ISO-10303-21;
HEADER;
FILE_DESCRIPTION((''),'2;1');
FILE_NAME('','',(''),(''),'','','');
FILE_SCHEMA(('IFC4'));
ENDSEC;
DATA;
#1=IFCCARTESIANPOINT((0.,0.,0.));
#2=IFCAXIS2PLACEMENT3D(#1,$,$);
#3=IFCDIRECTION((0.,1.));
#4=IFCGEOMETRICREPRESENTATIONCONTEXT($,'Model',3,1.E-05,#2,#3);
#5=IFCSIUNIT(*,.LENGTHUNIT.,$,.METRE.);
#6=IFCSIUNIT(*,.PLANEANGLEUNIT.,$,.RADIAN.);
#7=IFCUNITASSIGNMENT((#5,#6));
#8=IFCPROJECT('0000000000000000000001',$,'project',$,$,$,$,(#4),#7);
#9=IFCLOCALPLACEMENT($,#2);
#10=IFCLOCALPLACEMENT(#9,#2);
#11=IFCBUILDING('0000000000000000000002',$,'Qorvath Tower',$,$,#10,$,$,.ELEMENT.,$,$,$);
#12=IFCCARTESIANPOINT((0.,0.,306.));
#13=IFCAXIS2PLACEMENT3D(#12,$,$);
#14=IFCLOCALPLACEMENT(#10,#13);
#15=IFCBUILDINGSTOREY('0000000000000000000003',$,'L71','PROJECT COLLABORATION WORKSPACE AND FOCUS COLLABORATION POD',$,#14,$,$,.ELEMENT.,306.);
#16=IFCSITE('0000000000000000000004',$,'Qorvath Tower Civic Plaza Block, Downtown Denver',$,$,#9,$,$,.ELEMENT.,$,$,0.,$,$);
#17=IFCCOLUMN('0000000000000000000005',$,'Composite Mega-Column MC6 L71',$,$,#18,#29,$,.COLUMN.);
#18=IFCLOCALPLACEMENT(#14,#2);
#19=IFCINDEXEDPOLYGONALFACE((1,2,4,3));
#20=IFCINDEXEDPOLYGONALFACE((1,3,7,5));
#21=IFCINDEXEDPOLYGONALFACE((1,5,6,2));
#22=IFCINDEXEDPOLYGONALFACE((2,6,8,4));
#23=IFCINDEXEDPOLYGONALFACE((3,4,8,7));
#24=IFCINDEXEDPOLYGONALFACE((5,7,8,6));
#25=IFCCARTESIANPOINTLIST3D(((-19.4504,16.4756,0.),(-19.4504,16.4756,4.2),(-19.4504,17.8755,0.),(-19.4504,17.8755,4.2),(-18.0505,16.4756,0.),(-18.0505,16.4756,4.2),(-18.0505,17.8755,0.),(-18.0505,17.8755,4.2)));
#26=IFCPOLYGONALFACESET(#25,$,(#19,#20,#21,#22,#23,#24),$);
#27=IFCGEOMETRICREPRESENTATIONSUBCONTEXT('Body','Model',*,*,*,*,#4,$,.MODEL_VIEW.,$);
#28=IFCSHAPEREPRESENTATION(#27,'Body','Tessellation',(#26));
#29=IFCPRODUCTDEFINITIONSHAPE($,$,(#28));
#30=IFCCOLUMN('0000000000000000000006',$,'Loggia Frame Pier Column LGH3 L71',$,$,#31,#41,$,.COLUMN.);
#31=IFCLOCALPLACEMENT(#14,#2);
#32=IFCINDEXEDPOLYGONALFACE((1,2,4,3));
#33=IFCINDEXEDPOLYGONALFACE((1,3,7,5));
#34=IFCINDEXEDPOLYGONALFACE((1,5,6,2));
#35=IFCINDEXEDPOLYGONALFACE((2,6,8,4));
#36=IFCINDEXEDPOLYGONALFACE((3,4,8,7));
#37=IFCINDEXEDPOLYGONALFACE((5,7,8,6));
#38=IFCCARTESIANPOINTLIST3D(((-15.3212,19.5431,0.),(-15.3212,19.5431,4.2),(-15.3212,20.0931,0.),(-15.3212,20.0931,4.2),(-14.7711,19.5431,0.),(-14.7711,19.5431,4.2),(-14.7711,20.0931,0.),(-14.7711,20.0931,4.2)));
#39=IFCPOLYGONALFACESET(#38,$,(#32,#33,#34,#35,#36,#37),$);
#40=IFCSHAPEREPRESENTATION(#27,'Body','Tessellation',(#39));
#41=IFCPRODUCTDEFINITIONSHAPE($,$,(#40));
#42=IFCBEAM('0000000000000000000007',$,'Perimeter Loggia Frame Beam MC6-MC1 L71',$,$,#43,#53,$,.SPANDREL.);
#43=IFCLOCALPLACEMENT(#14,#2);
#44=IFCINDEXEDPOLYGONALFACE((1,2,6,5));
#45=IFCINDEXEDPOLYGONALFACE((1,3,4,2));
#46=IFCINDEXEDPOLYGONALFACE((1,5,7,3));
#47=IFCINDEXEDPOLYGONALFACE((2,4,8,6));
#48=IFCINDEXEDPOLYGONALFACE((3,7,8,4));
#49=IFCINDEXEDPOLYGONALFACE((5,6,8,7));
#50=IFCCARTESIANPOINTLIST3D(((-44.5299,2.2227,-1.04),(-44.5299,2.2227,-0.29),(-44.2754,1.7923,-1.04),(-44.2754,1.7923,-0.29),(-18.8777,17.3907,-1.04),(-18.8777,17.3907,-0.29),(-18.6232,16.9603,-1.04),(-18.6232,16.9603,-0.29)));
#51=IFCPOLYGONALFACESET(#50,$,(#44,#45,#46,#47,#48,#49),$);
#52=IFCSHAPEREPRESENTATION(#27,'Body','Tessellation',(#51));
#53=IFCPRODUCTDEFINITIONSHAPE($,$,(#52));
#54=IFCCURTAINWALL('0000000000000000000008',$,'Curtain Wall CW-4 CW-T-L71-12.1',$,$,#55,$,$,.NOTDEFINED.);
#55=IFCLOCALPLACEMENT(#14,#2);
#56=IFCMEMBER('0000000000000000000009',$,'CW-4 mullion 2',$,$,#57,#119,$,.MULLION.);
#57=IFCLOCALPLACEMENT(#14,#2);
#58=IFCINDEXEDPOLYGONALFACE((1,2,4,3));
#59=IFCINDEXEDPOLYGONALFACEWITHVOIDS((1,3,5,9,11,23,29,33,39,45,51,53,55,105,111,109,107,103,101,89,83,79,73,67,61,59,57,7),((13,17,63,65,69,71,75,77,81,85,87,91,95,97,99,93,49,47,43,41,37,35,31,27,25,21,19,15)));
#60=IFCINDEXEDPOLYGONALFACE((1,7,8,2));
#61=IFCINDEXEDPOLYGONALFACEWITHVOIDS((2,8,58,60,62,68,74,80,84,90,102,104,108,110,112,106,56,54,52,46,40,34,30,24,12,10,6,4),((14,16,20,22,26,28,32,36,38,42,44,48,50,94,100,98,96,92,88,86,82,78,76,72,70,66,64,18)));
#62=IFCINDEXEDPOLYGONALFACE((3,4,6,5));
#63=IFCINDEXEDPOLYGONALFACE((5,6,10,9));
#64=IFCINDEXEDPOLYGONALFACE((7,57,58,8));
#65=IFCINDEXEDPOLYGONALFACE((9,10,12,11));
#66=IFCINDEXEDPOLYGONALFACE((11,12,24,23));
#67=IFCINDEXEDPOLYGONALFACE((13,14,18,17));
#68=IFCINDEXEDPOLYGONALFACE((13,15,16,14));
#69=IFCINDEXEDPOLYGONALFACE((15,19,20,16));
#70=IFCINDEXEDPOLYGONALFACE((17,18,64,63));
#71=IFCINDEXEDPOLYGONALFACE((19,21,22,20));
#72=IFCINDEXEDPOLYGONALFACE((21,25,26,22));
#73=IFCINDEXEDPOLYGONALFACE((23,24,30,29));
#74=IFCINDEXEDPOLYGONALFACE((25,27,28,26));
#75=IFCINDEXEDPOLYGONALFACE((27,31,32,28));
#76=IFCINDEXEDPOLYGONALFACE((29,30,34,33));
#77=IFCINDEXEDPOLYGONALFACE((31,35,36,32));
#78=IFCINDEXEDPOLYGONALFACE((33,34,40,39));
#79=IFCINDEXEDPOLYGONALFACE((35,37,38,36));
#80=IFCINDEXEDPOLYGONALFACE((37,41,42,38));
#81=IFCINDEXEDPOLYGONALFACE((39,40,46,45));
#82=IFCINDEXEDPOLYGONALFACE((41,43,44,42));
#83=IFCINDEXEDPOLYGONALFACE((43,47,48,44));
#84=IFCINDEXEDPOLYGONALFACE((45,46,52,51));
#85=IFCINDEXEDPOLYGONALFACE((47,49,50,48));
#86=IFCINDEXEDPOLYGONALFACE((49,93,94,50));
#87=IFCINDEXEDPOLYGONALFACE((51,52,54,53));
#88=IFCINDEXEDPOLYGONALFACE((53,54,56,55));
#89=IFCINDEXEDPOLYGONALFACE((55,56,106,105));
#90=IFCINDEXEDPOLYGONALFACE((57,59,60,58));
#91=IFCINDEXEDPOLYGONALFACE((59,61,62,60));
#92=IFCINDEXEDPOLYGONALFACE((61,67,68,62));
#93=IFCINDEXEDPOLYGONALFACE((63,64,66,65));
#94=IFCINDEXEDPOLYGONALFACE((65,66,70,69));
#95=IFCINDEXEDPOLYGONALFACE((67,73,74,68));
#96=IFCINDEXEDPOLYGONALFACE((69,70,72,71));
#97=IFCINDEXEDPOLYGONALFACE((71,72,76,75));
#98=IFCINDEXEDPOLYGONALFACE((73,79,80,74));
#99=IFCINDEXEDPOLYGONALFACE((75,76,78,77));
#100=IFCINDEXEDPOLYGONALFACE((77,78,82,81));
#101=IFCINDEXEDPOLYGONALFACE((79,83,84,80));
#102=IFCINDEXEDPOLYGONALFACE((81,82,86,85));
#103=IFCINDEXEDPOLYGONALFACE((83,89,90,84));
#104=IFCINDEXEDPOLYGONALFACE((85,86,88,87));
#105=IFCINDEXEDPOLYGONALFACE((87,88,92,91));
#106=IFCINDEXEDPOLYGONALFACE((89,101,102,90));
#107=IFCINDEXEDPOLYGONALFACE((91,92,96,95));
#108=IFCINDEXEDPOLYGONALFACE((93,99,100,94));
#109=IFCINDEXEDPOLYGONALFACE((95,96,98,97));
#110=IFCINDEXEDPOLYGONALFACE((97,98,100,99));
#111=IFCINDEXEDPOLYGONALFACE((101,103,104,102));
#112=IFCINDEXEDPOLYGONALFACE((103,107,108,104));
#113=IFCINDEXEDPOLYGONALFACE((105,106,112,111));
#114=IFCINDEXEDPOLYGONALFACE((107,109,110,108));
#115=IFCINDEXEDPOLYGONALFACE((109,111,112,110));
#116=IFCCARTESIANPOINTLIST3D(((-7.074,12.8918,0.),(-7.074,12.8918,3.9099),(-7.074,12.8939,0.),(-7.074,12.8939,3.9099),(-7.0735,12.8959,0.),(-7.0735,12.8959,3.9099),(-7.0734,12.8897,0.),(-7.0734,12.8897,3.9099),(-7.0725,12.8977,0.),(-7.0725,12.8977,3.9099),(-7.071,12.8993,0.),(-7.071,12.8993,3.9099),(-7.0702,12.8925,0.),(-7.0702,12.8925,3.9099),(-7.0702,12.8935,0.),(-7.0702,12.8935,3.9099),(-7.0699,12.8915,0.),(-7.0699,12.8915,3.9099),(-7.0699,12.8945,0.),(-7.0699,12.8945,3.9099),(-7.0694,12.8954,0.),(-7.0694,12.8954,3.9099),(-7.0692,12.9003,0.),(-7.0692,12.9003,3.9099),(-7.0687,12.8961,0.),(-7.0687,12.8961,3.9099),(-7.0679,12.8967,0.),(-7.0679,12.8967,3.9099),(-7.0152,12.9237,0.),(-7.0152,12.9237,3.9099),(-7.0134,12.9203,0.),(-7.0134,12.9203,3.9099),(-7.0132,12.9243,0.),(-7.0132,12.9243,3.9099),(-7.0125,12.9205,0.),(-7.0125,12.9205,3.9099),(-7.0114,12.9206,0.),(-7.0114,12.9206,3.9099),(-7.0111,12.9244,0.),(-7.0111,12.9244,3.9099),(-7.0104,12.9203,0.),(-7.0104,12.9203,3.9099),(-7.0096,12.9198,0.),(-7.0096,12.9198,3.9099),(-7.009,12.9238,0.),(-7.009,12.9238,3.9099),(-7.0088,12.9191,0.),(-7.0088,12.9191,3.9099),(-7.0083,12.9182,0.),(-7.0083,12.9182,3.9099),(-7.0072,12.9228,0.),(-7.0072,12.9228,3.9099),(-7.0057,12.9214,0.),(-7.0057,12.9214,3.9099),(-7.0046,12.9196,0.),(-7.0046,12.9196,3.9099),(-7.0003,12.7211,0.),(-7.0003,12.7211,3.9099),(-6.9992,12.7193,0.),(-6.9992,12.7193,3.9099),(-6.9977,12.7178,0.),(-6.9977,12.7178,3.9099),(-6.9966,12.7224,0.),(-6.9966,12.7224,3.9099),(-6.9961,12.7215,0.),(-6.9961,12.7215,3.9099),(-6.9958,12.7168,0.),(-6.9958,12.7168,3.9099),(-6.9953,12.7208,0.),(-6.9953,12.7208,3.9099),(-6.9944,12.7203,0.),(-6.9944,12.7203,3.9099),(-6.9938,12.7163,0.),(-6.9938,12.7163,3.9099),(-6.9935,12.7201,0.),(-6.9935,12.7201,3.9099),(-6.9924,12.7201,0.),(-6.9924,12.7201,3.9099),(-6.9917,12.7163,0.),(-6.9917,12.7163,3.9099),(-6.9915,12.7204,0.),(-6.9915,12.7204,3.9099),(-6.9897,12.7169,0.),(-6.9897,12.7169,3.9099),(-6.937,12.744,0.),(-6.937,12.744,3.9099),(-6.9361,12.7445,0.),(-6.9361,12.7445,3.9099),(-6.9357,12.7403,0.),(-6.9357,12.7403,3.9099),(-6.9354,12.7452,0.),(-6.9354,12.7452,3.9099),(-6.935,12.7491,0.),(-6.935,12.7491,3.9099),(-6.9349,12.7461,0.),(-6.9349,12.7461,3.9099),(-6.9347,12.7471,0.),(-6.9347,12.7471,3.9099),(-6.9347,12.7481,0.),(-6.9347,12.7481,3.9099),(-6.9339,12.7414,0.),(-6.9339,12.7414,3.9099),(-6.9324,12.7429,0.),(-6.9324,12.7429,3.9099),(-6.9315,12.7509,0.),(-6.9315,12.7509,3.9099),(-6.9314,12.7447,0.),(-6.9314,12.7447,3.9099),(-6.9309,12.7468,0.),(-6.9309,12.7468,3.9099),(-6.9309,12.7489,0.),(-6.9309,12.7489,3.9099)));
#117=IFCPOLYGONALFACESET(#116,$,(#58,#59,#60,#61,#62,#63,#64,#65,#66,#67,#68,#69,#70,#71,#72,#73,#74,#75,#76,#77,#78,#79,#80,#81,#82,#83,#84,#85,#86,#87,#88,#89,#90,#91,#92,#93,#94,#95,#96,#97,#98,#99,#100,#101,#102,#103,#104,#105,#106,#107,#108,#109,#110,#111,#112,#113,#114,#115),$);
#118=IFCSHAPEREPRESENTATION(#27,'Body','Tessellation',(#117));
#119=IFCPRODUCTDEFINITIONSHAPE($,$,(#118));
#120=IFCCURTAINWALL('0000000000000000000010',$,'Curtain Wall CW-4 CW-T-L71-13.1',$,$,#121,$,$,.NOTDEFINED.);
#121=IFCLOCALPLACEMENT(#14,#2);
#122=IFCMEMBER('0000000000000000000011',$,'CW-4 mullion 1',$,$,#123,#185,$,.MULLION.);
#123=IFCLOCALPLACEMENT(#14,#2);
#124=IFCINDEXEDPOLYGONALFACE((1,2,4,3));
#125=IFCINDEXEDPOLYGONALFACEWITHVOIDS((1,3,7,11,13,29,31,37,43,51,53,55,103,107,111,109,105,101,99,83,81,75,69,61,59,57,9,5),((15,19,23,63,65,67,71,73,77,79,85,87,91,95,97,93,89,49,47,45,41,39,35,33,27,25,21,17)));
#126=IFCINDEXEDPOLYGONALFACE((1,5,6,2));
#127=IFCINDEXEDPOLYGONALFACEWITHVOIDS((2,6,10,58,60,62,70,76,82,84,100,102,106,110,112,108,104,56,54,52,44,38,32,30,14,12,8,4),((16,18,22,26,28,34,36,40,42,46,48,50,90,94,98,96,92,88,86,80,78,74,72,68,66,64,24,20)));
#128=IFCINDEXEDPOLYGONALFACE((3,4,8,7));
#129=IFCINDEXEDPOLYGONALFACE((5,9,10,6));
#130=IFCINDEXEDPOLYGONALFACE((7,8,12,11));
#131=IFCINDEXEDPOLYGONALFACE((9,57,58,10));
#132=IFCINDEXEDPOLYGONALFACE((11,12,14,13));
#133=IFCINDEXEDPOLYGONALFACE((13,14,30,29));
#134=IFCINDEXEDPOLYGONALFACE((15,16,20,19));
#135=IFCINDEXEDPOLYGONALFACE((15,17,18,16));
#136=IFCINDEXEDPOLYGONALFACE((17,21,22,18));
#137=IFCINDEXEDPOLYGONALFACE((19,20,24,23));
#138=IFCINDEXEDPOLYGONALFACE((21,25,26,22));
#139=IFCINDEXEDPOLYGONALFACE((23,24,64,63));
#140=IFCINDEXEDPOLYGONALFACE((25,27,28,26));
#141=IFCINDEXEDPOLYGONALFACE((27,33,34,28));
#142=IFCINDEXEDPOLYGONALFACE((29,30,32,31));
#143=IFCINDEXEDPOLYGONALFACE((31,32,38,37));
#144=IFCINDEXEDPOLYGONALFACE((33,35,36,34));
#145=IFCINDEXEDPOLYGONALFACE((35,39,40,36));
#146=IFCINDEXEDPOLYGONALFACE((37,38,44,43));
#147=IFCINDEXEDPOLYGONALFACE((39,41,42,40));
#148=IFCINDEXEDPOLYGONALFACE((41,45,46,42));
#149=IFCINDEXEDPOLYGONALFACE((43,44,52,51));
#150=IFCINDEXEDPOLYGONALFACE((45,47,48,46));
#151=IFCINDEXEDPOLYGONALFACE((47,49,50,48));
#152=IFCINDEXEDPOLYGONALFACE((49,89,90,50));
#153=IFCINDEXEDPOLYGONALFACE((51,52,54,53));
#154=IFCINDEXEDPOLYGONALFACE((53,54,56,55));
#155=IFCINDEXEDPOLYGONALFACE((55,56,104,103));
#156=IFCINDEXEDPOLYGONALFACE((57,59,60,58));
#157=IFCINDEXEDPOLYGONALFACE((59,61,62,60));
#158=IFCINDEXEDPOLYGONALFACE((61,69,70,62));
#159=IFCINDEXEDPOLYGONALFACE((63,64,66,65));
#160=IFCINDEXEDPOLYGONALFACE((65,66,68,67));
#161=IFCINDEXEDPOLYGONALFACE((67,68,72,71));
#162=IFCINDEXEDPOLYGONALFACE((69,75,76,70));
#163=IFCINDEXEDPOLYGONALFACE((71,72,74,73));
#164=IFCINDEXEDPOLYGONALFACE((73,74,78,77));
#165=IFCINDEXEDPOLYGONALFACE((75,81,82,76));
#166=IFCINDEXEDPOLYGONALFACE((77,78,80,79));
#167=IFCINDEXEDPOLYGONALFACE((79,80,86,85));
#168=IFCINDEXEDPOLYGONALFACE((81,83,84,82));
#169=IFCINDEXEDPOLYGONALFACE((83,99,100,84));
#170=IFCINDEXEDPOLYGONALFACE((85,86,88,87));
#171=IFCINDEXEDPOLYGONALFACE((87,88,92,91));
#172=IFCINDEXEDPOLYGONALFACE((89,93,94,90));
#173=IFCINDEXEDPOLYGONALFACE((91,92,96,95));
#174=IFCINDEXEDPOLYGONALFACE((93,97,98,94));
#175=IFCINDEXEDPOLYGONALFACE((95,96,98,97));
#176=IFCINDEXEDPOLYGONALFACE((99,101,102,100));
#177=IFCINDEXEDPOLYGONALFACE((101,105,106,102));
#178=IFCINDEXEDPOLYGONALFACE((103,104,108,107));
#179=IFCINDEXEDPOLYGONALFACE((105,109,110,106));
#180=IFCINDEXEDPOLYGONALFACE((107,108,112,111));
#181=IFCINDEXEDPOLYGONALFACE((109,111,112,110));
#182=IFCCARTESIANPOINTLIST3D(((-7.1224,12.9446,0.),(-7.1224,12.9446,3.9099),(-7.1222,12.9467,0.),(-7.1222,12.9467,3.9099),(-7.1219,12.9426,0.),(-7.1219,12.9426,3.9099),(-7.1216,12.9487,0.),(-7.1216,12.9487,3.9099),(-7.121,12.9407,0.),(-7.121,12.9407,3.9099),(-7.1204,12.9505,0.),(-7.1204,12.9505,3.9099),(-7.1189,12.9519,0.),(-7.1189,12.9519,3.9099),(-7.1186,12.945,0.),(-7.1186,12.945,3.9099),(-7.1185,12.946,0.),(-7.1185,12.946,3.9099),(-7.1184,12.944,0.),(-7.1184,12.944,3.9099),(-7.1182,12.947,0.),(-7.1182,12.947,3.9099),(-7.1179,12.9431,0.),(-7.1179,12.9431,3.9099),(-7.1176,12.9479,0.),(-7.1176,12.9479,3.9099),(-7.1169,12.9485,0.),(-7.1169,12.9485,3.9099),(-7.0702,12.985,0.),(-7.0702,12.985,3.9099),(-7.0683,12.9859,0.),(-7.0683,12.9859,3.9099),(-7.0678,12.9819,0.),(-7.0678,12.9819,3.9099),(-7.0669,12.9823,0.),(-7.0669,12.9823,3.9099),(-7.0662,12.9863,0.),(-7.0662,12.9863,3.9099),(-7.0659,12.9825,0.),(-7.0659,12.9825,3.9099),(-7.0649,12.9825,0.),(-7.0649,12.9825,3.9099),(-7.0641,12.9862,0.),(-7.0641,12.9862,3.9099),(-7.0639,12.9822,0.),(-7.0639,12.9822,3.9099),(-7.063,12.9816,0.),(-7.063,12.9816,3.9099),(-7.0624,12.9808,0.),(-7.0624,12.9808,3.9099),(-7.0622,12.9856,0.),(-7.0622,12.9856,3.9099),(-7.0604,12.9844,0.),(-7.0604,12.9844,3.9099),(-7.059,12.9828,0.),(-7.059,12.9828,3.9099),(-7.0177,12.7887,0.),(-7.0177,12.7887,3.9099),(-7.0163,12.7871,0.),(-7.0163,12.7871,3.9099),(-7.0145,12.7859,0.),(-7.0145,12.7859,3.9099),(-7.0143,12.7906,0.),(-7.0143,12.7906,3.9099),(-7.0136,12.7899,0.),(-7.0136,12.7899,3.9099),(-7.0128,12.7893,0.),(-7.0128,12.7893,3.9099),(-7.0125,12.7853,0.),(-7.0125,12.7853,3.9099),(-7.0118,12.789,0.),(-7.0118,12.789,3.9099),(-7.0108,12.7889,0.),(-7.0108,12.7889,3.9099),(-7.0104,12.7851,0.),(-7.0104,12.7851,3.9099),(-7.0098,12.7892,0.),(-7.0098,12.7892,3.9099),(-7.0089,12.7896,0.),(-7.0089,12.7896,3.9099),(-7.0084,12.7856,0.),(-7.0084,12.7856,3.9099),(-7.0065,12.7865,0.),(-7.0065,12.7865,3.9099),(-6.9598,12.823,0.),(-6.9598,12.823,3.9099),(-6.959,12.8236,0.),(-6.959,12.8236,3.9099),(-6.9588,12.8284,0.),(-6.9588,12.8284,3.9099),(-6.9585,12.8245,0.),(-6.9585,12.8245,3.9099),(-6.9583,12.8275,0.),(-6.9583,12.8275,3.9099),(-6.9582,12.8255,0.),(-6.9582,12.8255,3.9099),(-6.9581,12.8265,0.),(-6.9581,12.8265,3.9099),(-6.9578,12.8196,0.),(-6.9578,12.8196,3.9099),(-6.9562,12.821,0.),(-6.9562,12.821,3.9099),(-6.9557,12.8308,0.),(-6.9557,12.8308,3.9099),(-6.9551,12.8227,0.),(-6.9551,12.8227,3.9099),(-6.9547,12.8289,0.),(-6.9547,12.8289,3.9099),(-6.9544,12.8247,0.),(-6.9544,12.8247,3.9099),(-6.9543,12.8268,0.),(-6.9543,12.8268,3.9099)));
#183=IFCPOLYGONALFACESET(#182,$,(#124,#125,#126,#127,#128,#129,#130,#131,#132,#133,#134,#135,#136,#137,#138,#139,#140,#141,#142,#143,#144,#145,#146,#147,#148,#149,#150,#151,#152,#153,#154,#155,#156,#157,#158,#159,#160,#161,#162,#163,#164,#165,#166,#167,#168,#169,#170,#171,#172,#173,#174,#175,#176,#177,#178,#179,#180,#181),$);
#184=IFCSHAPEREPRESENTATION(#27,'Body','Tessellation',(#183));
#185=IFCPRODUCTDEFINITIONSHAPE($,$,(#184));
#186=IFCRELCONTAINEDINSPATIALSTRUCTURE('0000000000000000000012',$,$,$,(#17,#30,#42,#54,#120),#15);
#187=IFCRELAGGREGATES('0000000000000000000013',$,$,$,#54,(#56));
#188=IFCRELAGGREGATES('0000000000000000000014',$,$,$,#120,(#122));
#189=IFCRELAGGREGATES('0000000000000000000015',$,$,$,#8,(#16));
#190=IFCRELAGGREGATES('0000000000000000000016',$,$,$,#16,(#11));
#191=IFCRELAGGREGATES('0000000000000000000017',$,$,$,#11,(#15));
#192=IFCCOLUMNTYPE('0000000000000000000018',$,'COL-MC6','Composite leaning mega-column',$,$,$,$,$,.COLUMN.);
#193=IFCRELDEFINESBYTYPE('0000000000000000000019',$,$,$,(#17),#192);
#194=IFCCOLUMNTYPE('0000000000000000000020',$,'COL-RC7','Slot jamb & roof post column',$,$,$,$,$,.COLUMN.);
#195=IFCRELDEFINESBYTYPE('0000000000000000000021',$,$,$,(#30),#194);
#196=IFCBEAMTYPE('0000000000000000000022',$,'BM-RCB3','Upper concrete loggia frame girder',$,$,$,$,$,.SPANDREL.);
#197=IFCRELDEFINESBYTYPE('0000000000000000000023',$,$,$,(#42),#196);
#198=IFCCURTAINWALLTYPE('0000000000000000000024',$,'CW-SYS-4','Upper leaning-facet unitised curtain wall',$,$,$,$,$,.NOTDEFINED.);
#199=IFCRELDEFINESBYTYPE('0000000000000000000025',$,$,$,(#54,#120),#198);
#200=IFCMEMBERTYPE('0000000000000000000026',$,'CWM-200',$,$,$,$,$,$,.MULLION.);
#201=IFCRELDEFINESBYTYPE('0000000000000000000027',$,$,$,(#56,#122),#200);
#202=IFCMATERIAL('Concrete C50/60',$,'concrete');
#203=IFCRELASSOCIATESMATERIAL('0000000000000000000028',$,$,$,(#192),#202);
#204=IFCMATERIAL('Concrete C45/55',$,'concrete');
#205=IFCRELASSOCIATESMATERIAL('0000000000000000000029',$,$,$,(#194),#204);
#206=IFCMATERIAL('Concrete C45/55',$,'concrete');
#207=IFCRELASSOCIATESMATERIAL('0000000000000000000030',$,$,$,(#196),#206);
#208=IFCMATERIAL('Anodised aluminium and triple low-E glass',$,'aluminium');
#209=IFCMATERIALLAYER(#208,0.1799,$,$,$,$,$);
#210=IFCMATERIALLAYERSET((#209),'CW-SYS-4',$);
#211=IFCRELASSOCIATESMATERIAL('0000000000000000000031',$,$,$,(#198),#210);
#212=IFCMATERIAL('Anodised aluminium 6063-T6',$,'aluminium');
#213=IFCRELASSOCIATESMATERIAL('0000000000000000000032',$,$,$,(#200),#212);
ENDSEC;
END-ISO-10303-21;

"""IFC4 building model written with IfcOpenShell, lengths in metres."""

from ifc_helpers import new_model, si_unit, direction, frame, origin, origin_2d, place, context, subcontext, project, spatial, rectangle, hollow_rectangle, extrude, material, layer, layer_set, material_profile, profile_set, type_object, element, aggregate, save


model = new_model("IFC4")

# Units and contexts
model_context = context("Model", 3, precision=1e-05, world=origin(), true_north=direction((0.0, 1.0)))
body_context = subcontext(model_context, "Body", "Model", "MODEL_VIEW")
ifc_project = project(units=[si_unit("LENGTHUNIT", "METRE"), si_unit("PLANEANGLEUNIT", "RADIAN")], contexts=[model_context])

# Site, building, storey
site_placement = place(None, origin())
site = spatial("IfcSite", under=ifc_project, at=site_placement, Name="Qorvath Tower Civic Plaza Block, Downtown Denver", CompositionType="ELEMENT", RefElevation=0.0)
building_placement = place(site_placement, origin())
building = spatial("IfcBuilding", under=site, at=building_placement, Name="Qorvath Tower", CompositionType="ELEMENT")
storey_placement = place(building_placement, frame((0.0, 0.0, 306.0)))
storey = spatial("IfcBuildingStorey", under=building, at=storey_placement, Name="L71", Description="PROJECT COLLABORATION WORKSPACE AND FOCUS COLLABORATION POD", CompositionType="ELEMENT", Elevation=306.0)

# Columns
ifc_material_1 = material(Name="Concrete C50/60", Category="concrete")
ifc_material_profile_1 = material_profile(ifc_material_1, rectangle(XDim=1.3999, YDim=1.3999, at=origin_2d()), Name="MC 1400x1400")
ifc_profile_set_1 = profile_set([ifc_material_profile_1], Name="Concrete C50/60")
column_type_1 = type_object("IfcColumnType", Name="COL-MC6", Description="Composite leaning mega-column", PredefinedType="COLUMN", material=ifc_profile_set_1)
column_1_placement = place(storey_placement, frame((-18.7505, 17.1755, 0.0), z_axis=(0.0, 0.0, 1.0), x_axis=(1.0, 0.0, 0.0)))
element("IfcColumn", 1, at=column_1_placement, inside=storey, type_object=column_type_1, Name="Composite Mega-Column MC6 L71", PredefinedType="COLUMN", context=body_context, shape_type="SweptSolid", body=[
    extrude(rectangle(XDim=1.3999, YDim=1.3999, at=origin_2d()), origin(), (0.0, 0.0, 1.0), 4.2),
])
ifc_material_2 = material(Name="Concrete C45/55", Category="concrete")
ifc_material_profile_2 = material_profile(ifc_material_2, rectangle(XDim=0.55, YDim=0.55, at=origin_2d()), Name="RC 550x550")
ifc_profile_set_2 = profile_set([ifc_material_profile_2], Name="Concrete C45/55")
column_type_2 = type_object("IfcColumnType", Name="COL-RC7", Description="Slot jamb & roof post column", PredefinedType="COLUMN", material=ifc_profile_set_2)
column_2_placement = place(storey_placement, frame((-15.0461, 19.8181, 0.0), z_axis=(0.0, 0.0, 1.0), x_axis=(1.0, 0.0, 0.0)))
element("IfcColumn", 2, at=column_2_placement, inside=storey, type_object=column_type_2, Name="Loggia Frame Pier Column LGH3 L71", PredefinedType="COLUMN", context=body_context, shape_type="SweptSolid", body=[
    extrude(rectangle(XDim=0.55, YDim=0.55, at=origin_2d()), origin(), (0.0, 0.0, 1.0), 4.2),
])

# Beam
ifc_material_3 = material(Name="Concrete C45/55", Category="concrete")
ifc_material_profile_3 = material_profile(ifc_material_3, rectangle(XDim=0.5, YDim=0.75, at=origin_2d()), Name="RCB 750x500")
ifc_profile_set_3 = profile_set([ifc_material_profile_3], Name="Concrete C45/55")
beam_type = type_object("IfcBeamType", Name="BM-RCB3", Description="Upper concrete loggia frame girder", PredefinedType="SPANDREL", material=ifc_profile_set_3)
beam_placement = place(storey_placement, frame((-18.7505, 17.1755, -0.665), z_axis=(-0.860781, -0.508976, 0.0), x_axis=(0.508976, -0.860781, 0.0)))
element("IfcBeam", 3, at=beam_placement, inside=storey, type_object=beam_type, Name="Perimeter Loggia Frame Beam MC6-MC1 L71", PredefinedType="SPANDREL", context=body_context, shape_type="SweptSolid", body=[
    extrude(rectangle(XDim=0.5, YDim=0.75, at=origin_2d()), origin(), (0.0, 0.0, 1.0), 29.801),
])

# Curtain wall, member
ifc_material_4 = material(Name="Anodised aluminium and triple low-E glass", Category="aluminium")
ifc_layer_1 = layer(ifc_material_4, 0.1799)
ifc_layer_set_1 = layer_set([ifc_layer_1], Name="CW-SYS-4")
curtain_wall_type = type_object("IfcCurtainWallType", Name="CW-SYS-4", Description="Upper leaning-facet unitised curtain wall", PredefinedType="NOTDEFINED", material=ifc_layer_set_1)
curtain_wall_1_placement = place(storey_placement, origin())
curtain_wall_1 = element("IfcCurtainWall", 4, at=curtain_wall_1_placement, inside=storey, type_object=curtain_wall_type, Name="Curtain Wall CW-4 CW-T-L71-12.1", PredefinedType="NOTDEFINED")
ifc_material_5 = material(Name="Anodised aluminium 6063-T6", Category="aluminium")
ifc_material_profile_4 = material_profile(ifc_material_5, hollow_rectangle(XDim=0.075, YDim=0.2, WallThickness=0.0039, InnerFilletRadius=0.0039, OuterFilletRadius=0.0081, at=origin_2d()), Name="CWM 200x75")
ifc_profile_set_4 = profile_set([ifc_material_profile_4], Name="Anodised aluminium 6063-T6")
member_type_1 = type_object("IfcMemberType", Name="CWM-200", PredefinedType="MULLION", material=ifc_profile_set_4)
member_1_placement = place(storey_placement, frame((-7.0024, 12.8203, 0.0), z_axis=(0.0, 0.0, 1.0), x_axis=(-0.917513, -0.397707, 0.0)))
member_1 = element("IfcMember", 5, at=member_1_placement, type_object=member_type_1, Name="CW-4 mullion 2", PredefinedType="MULLION", context=body_context, shape_type="SweptSolid", body=[
    extrude(hollow_rectangle(XDim=0.075, YDim=0.2, WallThickness=0.0039, InnerFilletRadius=0.0039, OuterFilletRadius=0.0081, at=origin_2d()), origin(), (0.0, 0.0, 1.0), 3.9099),
])
aggregate(curtain_wall_1, [member_1])

# Curtain wall, member
curtain_wall_2_placement = place(storey_placement, origin())
curtain_wall_2 = element("IfcCurtainWall", 6, at=curtain_wall_2_placement, inside=storey, type_object=curtain_wall_type, Name="Curtain Wall CW-4 CW-T-L71-13.1", PredefinedType="NOTDEFINED")
member_2_placement = place(storey_placement, frame((-7.0383, 12.8857, 0.0), z_axis=(0.0, 0.0, 1.0), x_axis=(-0.827118, -0.562028, 0.0)))
member_2 = element("IfcMember", 7, at=member_2_placement, type_object=member_type_1, Name="CW-4 mullion 1", PredefinedType="MULLION", context=body_context, shape_type="SweptSolid", body=[
    extrude(hollow_rectangle(XDim=0.075, YDim=0.2, WallThickness=0.0039, InnerFilletRadius=0.0039, OuterFilletRadius=0.0081, at=origin_2d()), origin(), (0.0, 0.0, 1.0), 3.9099),
])

aggregate(curtain_wall_2, [member_2])

save(model, "model.ifc")
